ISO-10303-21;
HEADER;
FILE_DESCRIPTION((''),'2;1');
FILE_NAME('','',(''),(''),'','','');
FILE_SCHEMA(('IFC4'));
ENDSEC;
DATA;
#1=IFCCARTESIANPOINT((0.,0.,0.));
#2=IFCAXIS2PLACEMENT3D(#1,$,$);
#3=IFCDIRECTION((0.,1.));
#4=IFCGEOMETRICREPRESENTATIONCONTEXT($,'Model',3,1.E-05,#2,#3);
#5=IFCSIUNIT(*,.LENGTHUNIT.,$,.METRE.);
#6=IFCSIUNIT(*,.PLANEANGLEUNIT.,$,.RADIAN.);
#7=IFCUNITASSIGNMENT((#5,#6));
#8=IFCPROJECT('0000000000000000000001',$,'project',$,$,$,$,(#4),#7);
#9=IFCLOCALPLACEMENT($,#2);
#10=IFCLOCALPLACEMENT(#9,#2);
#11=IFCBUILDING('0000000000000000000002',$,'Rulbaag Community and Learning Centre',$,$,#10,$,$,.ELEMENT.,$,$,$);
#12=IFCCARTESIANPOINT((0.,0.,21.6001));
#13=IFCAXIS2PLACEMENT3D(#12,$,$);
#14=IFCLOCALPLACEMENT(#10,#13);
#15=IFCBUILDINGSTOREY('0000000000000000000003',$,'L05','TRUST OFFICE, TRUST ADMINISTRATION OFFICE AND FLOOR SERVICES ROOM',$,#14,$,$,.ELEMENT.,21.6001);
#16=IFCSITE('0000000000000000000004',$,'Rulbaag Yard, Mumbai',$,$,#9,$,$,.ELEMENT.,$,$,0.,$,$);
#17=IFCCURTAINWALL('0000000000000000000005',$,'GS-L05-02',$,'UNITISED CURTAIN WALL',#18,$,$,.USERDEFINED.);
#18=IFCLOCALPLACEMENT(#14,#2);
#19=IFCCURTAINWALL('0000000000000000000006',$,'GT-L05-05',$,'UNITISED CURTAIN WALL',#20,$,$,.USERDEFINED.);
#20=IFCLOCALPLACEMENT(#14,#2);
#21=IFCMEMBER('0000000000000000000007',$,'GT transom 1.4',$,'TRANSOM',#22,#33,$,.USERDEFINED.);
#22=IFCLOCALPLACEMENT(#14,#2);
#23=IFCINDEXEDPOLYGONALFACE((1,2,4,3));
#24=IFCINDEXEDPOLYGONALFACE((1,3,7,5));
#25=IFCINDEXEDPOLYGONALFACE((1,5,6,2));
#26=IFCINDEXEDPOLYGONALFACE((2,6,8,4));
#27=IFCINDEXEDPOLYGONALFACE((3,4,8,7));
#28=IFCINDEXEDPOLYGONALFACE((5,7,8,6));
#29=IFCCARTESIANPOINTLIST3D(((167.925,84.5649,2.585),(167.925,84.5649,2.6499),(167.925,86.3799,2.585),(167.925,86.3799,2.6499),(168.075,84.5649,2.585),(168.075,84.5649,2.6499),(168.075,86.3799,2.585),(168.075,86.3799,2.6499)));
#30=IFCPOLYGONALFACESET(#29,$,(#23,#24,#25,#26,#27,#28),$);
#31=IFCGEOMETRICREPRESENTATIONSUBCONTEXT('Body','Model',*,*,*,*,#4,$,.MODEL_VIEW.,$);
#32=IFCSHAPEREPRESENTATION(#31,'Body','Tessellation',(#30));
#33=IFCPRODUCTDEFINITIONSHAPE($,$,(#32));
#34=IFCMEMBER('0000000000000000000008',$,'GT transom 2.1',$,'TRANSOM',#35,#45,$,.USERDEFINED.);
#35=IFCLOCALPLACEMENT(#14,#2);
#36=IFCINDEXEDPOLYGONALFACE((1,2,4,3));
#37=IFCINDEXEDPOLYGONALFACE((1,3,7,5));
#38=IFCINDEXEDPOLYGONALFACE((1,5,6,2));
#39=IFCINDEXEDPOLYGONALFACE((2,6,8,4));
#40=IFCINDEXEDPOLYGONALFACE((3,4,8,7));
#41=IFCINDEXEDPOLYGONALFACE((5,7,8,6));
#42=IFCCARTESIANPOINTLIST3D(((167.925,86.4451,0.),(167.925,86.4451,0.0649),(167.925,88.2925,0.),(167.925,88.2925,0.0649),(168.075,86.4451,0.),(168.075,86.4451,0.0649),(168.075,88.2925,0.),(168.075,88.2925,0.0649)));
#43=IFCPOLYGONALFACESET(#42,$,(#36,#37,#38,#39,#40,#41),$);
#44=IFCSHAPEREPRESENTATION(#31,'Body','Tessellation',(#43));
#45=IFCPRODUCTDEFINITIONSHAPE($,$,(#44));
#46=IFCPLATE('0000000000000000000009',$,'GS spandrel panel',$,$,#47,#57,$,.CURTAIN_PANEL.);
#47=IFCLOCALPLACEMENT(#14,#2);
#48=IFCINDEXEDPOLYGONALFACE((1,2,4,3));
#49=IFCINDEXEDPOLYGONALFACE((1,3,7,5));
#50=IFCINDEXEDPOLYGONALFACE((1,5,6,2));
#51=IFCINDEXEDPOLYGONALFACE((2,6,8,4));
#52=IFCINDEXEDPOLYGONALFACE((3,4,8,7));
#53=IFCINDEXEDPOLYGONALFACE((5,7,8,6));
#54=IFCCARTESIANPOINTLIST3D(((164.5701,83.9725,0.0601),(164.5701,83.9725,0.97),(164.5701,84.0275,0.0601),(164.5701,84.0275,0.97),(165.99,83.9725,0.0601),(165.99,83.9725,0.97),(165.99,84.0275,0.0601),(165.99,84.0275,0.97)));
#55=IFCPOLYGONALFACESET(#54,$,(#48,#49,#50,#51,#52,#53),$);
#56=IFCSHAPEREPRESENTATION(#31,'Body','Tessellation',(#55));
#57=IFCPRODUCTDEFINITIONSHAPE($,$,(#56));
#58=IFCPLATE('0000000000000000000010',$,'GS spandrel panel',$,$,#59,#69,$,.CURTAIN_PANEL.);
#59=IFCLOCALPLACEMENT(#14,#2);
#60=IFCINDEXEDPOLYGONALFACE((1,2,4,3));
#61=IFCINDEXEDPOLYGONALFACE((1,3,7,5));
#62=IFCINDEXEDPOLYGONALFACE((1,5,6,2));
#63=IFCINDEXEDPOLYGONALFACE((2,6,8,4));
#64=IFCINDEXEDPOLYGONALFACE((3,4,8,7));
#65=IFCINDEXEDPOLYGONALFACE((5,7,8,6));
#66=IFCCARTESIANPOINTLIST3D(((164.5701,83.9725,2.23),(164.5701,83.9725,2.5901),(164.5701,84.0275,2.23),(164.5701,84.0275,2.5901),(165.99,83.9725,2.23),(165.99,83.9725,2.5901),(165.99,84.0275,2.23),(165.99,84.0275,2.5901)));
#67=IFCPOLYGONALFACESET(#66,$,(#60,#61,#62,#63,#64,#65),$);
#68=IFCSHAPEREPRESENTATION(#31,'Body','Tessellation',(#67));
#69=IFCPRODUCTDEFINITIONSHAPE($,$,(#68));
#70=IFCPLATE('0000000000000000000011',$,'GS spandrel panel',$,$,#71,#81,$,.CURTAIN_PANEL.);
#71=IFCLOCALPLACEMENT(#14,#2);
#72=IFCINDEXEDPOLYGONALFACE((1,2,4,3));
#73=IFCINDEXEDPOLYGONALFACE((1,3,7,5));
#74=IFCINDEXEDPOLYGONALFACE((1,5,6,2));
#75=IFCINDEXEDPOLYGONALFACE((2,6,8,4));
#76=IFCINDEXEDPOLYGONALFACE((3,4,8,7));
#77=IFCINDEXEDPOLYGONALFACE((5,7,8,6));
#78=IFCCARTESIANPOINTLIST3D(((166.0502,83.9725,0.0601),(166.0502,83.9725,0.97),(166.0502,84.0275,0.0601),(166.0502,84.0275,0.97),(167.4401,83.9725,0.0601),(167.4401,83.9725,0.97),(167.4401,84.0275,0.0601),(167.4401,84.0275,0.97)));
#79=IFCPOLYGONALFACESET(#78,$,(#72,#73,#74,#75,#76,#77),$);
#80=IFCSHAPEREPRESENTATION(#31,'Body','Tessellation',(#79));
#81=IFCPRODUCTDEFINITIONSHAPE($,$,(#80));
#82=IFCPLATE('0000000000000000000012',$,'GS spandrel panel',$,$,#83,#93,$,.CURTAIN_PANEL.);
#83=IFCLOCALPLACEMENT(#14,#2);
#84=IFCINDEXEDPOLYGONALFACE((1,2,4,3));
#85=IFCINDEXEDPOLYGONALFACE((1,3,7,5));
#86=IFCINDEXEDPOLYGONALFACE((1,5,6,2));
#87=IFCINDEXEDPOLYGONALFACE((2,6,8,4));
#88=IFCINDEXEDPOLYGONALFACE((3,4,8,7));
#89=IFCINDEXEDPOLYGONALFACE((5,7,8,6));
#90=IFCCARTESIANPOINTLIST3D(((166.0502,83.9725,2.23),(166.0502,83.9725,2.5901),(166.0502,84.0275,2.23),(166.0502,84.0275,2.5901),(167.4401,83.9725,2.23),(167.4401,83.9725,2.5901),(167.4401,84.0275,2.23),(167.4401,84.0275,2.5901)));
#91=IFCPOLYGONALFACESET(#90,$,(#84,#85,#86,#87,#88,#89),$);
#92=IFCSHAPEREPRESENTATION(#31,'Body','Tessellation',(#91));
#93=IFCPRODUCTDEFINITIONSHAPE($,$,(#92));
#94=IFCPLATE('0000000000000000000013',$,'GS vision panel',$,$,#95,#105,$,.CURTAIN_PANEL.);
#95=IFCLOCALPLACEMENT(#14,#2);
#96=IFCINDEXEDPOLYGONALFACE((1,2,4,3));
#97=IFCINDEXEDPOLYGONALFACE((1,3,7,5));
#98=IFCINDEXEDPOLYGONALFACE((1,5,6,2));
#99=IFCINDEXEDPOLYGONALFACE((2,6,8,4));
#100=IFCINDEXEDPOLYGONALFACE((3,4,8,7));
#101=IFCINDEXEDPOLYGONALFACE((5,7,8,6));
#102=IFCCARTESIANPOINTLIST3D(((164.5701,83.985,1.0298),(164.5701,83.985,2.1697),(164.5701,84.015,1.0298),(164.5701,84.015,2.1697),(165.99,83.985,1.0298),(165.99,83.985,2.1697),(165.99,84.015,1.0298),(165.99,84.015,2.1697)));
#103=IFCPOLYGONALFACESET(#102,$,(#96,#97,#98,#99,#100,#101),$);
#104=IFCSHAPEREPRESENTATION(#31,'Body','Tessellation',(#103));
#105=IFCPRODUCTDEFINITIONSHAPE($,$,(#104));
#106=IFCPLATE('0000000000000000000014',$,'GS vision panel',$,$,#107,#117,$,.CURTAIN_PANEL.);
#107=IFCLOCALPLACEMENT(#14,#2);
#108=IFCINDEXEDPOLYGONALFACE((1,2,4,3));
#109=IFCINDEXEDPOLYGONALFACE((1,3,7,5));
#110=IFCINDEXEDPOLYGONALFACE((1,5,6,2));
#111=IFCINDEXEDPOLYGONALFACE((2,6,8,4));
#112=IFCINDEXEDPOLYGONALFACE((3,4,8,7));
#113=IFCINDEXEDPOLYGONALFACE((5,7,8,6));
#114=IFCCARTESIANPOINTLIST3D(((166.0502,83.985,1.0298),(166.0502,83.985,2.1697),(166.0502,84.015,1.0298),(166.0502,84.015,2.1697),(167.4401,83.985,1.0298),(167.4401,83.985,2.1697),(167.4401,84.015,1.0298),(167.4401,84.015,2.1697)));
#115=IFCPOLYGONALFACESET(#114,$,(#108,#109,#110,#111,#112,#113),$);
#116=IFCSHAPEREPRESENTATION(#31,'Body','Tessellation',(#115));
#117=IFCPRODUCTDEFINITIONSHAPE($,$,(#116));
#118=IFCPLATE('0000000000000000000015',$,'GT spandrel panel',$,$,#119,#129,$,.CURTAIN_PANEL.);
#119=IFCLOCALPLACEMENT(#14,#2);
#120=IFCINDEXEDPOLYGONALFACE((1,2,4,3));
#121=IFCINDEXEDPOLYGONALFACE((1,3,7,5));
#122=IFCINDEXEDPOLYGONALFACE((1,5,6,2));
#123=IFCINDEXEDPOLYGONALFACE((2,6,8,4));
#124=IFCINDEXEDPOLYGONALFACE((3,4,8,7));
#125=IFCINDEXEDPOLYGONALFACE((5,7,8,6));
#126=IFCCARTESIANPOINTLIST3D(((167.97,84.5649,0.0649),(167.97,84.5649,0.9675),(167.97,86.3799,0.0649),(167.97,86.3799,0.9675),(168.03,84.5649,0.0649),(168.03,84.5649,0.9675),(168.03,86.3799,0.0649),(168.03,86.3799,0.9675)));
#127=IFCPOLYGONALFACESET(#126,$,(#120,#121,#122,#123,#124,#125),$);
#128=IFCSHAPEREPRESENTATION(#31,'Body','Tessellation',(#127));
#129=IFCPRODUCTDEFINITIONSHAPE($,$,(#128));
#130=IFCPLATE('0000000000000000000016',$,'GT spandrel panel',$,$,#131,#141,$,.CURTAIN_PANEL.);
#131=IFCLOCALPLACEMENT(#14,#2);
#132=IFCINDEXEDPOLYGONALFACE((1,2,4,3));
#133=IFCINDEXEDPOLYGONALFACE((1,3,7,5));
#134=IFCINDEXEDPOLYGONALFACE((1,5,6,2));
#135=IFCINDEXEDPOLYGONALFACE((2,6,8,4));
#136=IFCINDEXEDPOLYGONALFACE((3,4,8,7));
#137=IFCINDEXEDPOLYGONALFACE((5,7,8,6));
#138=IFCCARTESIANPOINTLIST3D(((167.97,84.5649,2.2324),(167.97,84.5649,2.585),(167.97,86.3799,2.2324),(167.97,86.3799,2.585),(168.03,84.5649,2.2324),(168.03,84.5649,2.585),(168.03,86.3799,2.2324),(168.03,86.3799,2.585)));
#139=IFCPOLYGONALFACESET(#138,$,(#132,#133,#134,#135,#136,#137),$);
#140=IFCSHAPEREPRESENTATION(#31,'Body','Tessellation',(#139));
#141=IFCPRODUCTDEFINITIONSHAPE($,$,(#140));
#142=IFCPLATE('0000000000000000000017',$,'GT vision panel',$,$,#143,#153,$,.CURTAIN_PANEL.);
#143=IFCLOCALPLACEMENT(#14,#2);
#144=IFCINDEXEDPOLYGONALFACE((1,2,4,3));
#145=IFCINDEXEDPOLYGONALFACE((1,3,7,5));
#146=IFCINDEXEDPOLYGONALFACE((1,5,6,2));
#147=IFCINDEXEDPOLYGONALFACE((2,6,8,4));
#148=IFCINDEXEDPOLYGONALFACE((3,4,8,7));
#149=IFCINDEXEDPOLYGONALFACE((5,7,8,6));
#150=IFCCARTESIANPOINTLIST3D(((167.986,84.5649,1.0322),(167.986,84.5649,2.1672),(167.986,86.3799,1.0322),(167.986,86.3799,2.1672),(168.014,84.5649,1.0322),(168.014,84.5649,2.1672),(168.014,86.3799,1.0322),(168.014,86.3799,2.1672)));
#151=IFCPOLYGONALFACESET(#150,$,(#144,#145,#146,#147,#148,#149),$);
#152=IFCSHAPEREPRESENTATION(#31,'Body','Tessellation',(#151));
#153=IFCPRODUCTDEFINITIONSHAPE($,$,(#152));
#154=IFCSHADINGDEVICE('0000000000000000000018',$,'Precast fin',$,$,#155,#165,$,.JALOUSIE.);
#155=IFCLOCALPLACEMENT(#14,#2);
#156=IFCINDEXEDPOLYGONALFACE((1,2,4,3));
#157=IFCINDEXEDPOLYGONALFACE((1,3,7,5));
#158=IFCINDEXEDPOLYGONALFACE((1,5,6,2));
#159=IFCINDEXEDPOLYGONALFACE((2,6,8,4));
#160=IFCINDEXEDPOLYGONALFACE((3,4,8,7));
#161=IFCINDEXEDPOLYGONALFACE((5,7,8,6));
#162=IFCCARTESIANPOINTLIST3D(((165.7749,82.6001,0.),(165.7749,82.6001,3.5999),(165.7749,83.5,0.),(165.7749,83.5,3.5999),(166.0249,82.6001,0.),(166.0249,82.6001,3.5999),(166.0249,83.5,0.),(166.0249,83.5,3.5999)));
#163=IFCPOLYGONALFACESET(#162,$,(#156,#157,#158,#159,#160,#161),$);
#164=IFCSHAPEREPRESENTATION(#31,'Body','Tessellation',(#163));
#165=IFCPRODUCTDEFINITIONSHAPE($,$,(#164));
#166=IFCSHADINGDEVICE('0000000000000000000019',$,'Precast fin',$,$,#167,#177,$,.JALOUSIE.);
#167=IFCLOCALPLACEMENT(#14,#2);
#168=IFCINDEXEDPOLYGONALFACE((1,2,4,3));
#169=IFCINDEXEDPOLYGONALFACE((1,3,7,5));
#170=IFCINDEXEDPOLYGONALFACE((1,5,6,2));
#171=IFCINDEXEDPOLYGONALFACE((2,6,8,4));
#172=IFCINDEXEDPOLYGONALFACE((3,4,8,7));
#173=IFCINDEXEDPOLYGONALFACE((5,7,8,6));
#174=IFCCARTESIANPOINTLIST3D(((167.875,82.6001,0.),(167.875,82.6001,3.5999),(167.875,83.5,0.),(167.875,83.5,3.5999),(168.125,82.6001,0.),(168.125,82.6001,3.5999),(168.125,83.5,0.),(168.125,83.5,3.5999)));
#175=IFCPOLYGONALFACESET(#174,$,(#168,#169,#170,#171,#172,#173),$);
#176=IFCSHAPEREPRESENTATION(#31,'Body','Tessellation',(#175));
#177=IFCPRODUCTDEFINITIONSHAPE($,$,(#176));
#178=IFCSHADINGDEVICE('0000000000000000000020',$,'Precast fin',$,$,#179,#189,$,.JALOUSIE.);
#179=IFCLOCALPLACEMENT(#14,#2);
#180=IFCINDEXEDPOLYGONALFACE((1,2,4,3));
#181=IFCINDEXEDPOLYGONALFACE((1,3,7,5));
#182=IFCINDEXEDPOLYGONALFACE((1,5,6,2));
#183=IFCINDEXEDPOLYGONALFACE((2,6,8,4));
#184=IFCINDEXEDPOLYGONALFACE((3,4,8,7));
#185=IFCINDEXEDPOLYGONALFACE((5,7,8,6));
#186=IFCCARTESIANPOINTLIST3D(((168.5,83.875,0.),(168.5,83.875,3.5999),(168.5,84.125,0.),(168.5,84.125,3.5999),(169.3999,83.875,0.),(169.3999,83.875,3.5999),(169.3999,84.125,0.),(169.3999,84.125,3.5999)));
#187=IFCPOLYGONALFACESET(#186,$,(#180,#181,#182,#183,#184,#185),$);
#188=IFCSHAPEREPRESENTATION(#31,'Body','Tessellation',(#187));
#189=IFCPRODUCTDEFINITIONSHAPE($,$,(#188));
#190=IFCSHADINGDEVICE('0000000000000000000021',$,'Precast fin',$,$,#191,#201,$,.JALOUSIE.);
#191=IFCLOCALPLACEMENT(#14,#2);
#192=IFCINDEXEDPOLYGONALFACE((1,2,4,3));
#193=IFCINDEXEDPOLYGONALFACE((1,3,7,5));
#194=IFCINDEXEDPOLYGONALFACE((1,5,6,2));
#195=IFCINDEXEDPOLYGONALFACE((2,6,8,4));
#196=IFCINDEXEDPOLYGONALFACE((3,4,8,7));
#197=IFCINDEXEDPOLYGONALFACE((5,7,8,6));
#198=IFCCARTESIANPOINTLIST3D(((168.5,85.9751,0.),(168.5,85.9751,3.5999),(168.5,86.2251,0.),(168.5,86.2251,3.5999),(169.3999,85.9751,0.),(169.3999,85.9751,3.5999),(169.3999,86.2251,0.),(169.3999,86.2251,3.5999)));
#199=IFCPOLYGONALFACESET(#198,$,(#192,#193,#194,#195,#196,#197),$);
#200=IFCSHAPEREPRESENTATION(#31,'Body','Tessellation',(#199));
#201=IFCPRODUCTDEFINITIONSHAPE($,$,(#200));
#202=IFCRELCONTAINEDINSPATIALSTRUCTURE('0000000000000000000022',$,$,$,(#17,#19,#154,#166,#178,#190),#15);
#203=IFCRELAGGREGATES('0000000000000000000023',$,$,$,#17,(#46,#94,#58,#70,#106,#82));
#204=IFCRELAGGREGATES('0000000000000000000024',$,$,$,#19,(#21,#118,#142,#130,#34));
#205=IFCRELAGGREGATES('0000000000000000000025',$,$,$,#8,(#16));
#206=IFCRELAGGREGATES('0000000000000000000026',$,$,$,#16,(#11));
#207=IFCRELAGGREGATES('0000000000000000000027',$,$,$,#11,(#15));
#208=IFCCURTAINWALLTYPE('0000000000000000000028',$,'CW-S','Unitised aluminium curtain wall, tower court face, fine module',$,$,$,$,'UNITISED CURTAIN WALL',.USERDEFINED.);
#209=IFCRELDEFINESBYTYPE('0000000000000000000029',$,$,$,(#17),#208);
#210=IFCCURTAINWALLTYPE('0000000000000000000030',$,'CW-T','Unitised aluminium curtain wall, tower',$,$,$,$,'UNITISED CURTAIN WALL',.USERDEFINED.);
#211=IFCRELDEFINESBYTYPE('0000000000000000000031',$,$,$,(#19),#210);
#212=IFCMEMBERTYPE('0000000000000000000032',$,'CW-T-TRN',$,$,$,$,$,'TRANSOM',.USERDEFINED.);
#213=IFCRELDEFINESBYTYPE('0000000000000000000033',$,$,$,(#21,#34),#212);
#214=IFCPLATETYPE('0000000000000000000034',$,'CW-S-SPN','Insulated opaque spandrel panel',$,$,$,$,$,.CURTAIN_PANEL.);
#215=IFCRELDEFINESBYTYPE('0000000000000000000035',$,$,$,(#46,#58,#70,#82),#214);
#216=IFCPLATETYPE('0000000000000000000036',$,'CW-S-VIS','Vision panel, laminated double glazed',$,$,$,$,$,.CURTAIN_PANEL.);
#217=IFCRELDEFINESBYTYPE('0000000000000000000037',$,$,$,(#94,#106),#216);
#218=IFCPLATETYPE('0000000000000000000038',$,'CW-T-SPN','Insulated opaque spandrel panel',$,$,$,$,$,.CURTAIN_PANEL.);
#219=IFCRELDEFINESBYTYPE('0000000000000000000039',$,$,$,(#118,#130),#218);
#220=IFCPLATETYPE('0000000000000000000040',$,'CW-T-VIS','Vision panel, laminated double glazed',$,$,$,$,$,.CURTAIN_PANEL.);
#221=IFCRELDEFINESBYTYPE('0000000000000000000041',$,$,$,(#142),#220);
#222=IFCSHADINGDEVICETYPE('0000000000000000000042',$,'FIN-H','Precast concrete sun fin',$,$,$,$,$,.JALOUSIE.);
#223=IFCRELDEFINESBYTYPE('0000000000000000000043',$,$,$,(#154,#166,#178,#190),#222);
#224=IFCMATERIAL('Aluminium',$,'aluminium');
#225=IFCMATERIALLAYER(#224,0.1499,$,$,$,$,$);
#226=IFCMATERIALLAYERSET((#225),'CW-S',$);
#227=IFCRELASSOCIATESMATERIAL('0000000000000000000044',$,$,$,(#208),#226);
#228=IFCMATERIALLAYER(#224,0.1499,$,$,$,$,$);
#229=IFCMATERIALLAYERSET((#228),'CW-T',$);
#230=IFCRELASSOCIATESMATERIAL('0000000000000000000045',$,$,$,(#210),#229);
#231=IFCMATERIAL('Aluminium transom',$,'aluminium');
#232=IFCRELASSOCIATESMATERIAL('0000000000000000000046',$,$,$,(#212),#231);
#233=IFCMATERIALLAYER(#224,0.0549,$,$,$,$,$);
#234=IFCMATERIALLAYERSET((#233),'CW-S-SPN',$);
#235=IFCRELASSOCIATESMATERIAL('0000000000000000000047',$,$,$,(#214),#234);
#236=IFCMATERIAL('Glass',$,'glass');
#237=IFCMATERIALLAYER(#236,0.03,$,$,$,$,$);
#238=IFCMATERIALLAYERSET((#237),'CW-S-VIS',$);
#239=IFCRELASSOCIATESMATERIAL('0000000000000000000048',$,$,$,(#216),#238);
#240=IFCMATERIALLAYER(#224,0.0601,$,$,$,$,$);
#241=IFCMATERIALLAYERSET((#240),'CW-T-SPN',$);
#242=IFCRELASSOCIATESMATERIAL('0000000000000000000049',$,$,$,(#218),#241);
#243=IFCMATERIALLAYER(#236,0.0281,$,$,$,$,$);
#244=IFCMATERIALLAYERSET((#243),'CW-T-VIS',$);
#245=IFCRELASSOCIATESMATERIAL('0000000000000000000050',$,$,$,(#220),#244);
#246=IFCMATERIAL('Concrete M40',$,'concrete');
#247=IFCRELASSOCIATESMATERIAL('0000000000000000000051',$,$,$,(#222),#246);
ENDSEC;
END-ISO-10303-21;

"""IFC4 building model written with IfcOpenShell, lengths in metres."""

from ifc_helpers import new_model, si_unit, direction, frame, origin, origin_2d, place, context, subcontext, project, spatial, rectangle, extrude, material, layer, layer_set, material_profile, profile_set, type_object, element, aggregate, save


model = new_model("IFC4")

# Units and contexts
model_context = context("Model", 3, precision=1e-05, world=origin(), true_north=direction((0.0, 1.0)))
body_context = subcontext(model_context, "Body", "Model", "MODEL_VIEW")
ifc_project = project(units=[si_unit("LENGTHUNIT", "METRE"), si_unit("PLANEANGLEUNIT", "RADIAN")], contexts=[model_context])

# Site, building, storey
site_placement = place(None, origin())
site = spatial("IfcSite", under=ifc_project, at=site_placement, Name="Rulbaag Yard, Mumbai", CompositionType="ELEMENT", RefElevation=0.0)
building_placement = place(site_placement, origin())
building = spatial("IfcBuilding", under=site, at=building_placement, Name="Rulbaag Community and Learning Centre", CompositionType="ELEMENT")
storey_placement = place(building_placement, frame((0.0, 0.0, 21.6001)))
storey = spatial("IfcBuildingStorey", under=building, at=storey_placement, Name="L05", Description="TRUST OFFICE, TRUST ADMINISTRATION OFFICE AND FLOOR SERVICES ROOM", CompositionType="ELEMENT", Elevation=21.6001)

# Shared definitions
ifc_material_1 = material(Name="Concrete M40", Category="concrete")

# Curtain walls, members
ifc_material_2 = material(Name="Aluminium", Category="aluminium")
ifc_layer_1 = layer(ifc_material_2, 0.1499)
ifc_layer_set_1 = layer_set([ifc_layer_1], Name="CW-S")
curtain_wall_type_1 = type_object("IfcCurtainWallType", Name="CW-S", Description="Unitised aluminium curtain wall, tower court face, fine module", ElementType="UNITISED CURTAIN WALL", PredefinedType="USERDEFINED", material=ifc_layer_set_1)
curtain_wall_1_placement = place(storey_placement, origin())
curtain_wall_1 = element("IfcCurtainWall", 1, at=curtain_wall_1_placement, inside=storey, type_object=curtain_wall_type_1, Name="GS-L05-02", ObjectType="UNITISED CURTAIN WALL", PredefinedType="USERDEFINED")
ifc_material_3 = material(Name="Aluminium transom", Category="aluminium")
ifc_layer_2 = layer(ifc_material_2, 0.1499)
ifc_layer_set_2 = layer_set([ifc_layer_2], Name="CW-T")
curtain_wall_type_2 = type_object("IfcCurtainWallType", Name="CW-T", Description="Unitised aluminium curtain wall, tower", ElementType="UNITISED CURTAIN WALL", PredefinedType="USERDEFINED", material=ifc_layer_set_2)
curtain_wall_2_placement = place(storey_placement, origin())
curtain_wall_2 = element("IfcCurtainWall", 2, at=curtain_wall_2_placement, inside=storey, type_object=curtain_wall_type_2, Name="GT-L05-05", ObjectType="UNITISED CURTAIN WALL", PredefinedType="USERDEFINED")
ifc_material_profile_1 = material_profile(ifc_material_3, rectangle(XDim=0.1499, YDim=0.0649, at=origin_2d()), Name="AL 65x150 T")
ifc_profile_set_1 = profile_set([ifc_material_profile_1], Name="Aluminium transom")
member_type_1 = type_object("IfcMemberType", Name="CW-T-TRN", ElementType="TRANSOM", PredefinedType="USERDEFINED", material=ifc_profile_set_1)
member_1_placement = place(storey_placement, frame((168.0, 84.5649, 2.6174), z_axis=(0.0, 1.0, 0.0), x_axis=(-1.0, 0.0, 0.0)))
member_1 = element("IfcMember", 3, at=member_1_placement, type_object=member_type_1, Name="GT transom 1.4", ObjectType="TRANSOM", PredefinedType="USERDEFINED", context=body_context, shape_type="SweptSolid", body=[
    extrude(rectangle(XDim=0.1499, YDim=0.0649, at=origin_2d()), origin(), (0.0, 0.0, 1.0), 1.8149),
])
member_2_placement = place(storey_placement, frame((168.0, 86.4451, 0.0325), z_axis=(0.0, 1.0, 0.0), x_axis=(-1.0, 0.0, 0.0)))
member_2 = element("IfcMember", 4, at=member_2_placement, type_object=member_type_1, Name="GT transom 2.1", ObjectType="TRANSOM", PredefinedType="USERDEFINED", context=body_context, shape_type="SweptSolid", body=[
    extrude(rectangle(XDim=0.1499, YDim=0.0649, at=origin_2d()), origin(), (0.0, 0.0, 1.0), 1.8474),
])

# Plates
ifc_layer_3 = layer(ifc_material_2, 0.0549)
ifc_layer_set_3 = layer_set([ifc_layer_3], Name="CW-S-SPN")
plate_type_1 = type_object("IfcPlateType", Name="CW-S-SPN", Description="Insulated opaque spandrel panel", PredefinedType="CURTAIN_PANEL", material=ifc_layer_set_3)
plate_1_placement = place(storey_placement, frame((165.28, 84.0, 0.0601), z_axis=(0.0, 0.0, 1.0), x_axis=(1.0, 0.0, 0.0)))
plate_1 = element("IfcPlate", 5, at=plate_1_placement, type_object=plate_type_1, Name="GS spandrel panel", PredefinedType="CURTAIN_PANEL", context=body_context, shape_type="SweptSolid", body=[
    extrude(rectangle(XDim=1.4199, YDim=0.0549, at=origin_2d()), origin(), (0.0, 0.0, 1.0), 0.9099),
])
plate_2_placement = place(storey_placement, frame((165.28, 84.0, 2.23), z_axis=(0.0, 0.0, 1.0), x_axis=(1.0, 0.0, 0.0)))
plate_2 = element("IfcPlate", 6, at=plate_2_placement, type_object=plate_type_1, Name="GS spandrel panel", PredefinedType="CURTAIN_PANEL", context=body_context, shape_type="SweptSolid", body=[
    extrude(rectangle(XDim=1.4199, YDim=0.0549, at=origin_2d()), origin(), (0.0, 0.0, 1.0), 0.3601),
])
plate_3_placement = place(storey_placement, frame((166.7451, 84.0, 0.0601), z_axis=(0.0, 0.0, 1.0), x_axis=(1.0, 0.0, 0.0)))
plate_3 = element("IfcPlate", 7, at=plate_3_placement, type_object=plate_type_1, Name="GS spandrel panel", PredefinedType="CURTAIN_PANEL", context=body_context, shape_type="SweptSolid", body=[
    extrude(rectangle(XDim=1.3899, YDim=0.0549, at=origin_2d()), origin(), (0.0, 0.0, 1.0), 0.9099),
])
plate_4_placement = place(storey_placement, frame((166.7451, 84.0, 2.23), z_axis=(0.0, 0.0, 1.0), x_axis=(1.0, 0.0, 0.0)))
plate_4 = element("IfcPlate", 8, at=plate_4_placement, type_object=plate_type_1, Name="GS spandrel panel", PredefinedType="CURTAIN_PANEL", context=body_context, shape_type="SweptSolid", body=[
    extrude(rectangle(XDim=1.3899, YDim=0.0549, at=origin_2d()), origin(), (0.0, 0.0, 1.0), 0.3601),
])
ifc_material_4 = material(Name="Glass", Category="glass")
ifc_layer_4 = layer(ifc_material_4, 0.03)
ifc_layer_set_4 = layer_set([ifc_layer_4], Name="CW-S-VIS")
plate_type_2 = type_object("IfcPlateType", Name="CW-S-VIS", Description="Vision panel, laminated double glazed", PredefinedType="CURTAIN_PANEL", material=ifc_layer_set_4)
plate_5_placement = place(storey_placement, frame((165.28, 84.0, 1.0298), z_axis=(0.0, 0.0, 1.0), x_axis=(1.0, 0.0, 0.0)))
plate_5 = element("IfcPlate", 9, at=plate_5_placement, type_object=plate_type_2, Name="GS vision panel", PredefinedType="CURTAIN_PANEL", context=body_context, shape_type="SweptSolid", body=[
    extrude(rectangle(XDim=1.4199, YDim=0.03, at=origin_2d()), origin(), (0.0, 0.0, 1.0), 1.1399),
])
plate_6_placement = place(storey_placement, frame((166.7451, 84.0, 1.0298), z_axis=(0.0, 0.0, 1.0), x_axis=(1.0, 0.0, 0.0)))
plate_6 = element("IfcPlate", 10, at=plate_6_placement, type_object=plate_type_2, Name="GS vision panel", PredefinedType="CURTAIN_PANEL", context=body_context, shape_type="SweptSolid", body=[
    extrude(rectangle(XDim=1.3899, YDim=0.03, at=origin_2d()), origin(), (0.0, 0.0, 1.0), 1.1399),
])
aggregate(curtain_wall_1, [plate_1, plate_5, plate_2, plate_3, plate_6, plate_4])
ifc_layer_5 = layer(ifc_material_2, 0.0601)
ifc_layer_set_5 = layer_set([ifc_layer_5], Name="CW-T-SPN")
plate_type_3 = type_object("IfcPlateType", Name="CW-T-SPN", Description="Insulated opaque spandrel panel", PredefinedType="CURTAIN_PANEL", material=ifc_layer_set_5)
plate_7_placement = place(storey_placement, frame((168.0, 85.4724, 0.0649), z_axis=(0.0, 0.0, 1.0), x_axis=(0.0, 1.0, 0.0)))
plate_7 = element("IfcPlate", 11, at=plate_7_placement, type_object=plate_type_3, Name="GT spandrel panel", PredefinedType="CURTAIN_PANEL", context=body_context, shape_type="SweptSolid", body=[
    extrude(rectangle(XDim=1.8149, YDim=0.0601, at=origin_2d()), origin(), (0.0, 0.0, 1.0), 0.9026),
])
plate_8_placement = place(storey_placement, frame((168.0, 85.4724, 2.2324), z_axis=(0.0, 0.0, 1.0), x_axis=(0.0, 1.0, 0.0)))
plate_8 = element("IfcPlate", 12, at=plate_8_placement, type_object=plate_type_3, Name="GT spandrel panel", PredefinedType="CURTAIN_PANEL", context=body_context, shape_type="SweptSolid", body=[
    extrude(rectangle(XDim=1.8149, YDim=0.0601, at=origin_2d()), origin(), (0.0, 0.0, 1.0), 0.3525),
])
ifc_layer_6 = layer(ifc_material_4, 0.0281)
ifc_layer_set_6 = layer_set([ifc_layer_6], Name="CW-T-VIS")
plate_type_4 = type_object("IfcPlateType", Name="CW-T-VIS", Description="Vision panel, laminated double glazed", PredefinedType="CURTAIN_PANEL", material=ifc_layer_set_6)
plate_9_placement = place(storey_placement, frame((168.0, 85.4724, 1.0322), z_axis=(0.0, 0.0, 1.0), x_axis=(0.0, 1.0, 0.0)))
plate_9 = element("IfcPlate", 13, at=plate_9_placement, type_object=plate_type_4, Name="GT vision panel", PredefinedType="CURTAIN_PANEL", context=body_context, shape_type="SweptSolid", body=[
    extrude(rectangle(XDim=1.8149, YDim=0.0281, at=origin_2d()), origin(), (0.0, 0.0, 1.0), 1.135),
])
aggregate(curtain_wall_2, [member_1, plate_7, plate_9, plate_8, member_2])

# Shading devices
ifc_material_profile_2 = material_profile(ifc_material_1, rectangle(XDim=0.25, YDim=0.8999, at=origin_2d()), Name="PC 250x900")
ifc_profile_set_2 = profile_set([ifc_material_profile_2], Name="Concrete M40")
shading_device_type = type_object("IfcShadingDeviceType", Name="FIN-H", Description="Precast concrete sun fin", PredefinedType="JALOUSIE", material=ifc_profile_set_2)
for number, where, z_axis, x_axis, name in (
    (14, (165.8999, 83.05, 0.0), (0.0, 0.0, 1.0), (1.0, 0.0, 0.0), "Precast fin"),
    (15, (168.0, 83.05, 0.0), (0.0, 0.0, 1.0), (1.0, 0.0, 0.0), "Precast fin"),
    (16, (168.95, 84.0, 0.0), (0.0, 0.0, 1.0), (0.0, 1.0, 0.0), "Precast fin"),
    (17, (168.95, 86.1001, 0.0), (0.0, 0.0, 1.0), (0.0, 1.0, 0.0), "Precast fin"),
):
    element("IfcShadingDevice", number, at=place(storey_placement, frame(where, z_axis=z_axis, x_axis=x_axis)), inside=storey, type_object=shading_device_type, Name=name, PredefinedType="JALOUSIE", context=body_context, shape_type="SweptSolid", body=[
        extrude(rectangle(XDim=0.25, YDim=0.8999, at=origin_2d()), origin(), (0.0, 0.0, 1.0), 3.5999),
    ])

save(model, "model.ifc")
